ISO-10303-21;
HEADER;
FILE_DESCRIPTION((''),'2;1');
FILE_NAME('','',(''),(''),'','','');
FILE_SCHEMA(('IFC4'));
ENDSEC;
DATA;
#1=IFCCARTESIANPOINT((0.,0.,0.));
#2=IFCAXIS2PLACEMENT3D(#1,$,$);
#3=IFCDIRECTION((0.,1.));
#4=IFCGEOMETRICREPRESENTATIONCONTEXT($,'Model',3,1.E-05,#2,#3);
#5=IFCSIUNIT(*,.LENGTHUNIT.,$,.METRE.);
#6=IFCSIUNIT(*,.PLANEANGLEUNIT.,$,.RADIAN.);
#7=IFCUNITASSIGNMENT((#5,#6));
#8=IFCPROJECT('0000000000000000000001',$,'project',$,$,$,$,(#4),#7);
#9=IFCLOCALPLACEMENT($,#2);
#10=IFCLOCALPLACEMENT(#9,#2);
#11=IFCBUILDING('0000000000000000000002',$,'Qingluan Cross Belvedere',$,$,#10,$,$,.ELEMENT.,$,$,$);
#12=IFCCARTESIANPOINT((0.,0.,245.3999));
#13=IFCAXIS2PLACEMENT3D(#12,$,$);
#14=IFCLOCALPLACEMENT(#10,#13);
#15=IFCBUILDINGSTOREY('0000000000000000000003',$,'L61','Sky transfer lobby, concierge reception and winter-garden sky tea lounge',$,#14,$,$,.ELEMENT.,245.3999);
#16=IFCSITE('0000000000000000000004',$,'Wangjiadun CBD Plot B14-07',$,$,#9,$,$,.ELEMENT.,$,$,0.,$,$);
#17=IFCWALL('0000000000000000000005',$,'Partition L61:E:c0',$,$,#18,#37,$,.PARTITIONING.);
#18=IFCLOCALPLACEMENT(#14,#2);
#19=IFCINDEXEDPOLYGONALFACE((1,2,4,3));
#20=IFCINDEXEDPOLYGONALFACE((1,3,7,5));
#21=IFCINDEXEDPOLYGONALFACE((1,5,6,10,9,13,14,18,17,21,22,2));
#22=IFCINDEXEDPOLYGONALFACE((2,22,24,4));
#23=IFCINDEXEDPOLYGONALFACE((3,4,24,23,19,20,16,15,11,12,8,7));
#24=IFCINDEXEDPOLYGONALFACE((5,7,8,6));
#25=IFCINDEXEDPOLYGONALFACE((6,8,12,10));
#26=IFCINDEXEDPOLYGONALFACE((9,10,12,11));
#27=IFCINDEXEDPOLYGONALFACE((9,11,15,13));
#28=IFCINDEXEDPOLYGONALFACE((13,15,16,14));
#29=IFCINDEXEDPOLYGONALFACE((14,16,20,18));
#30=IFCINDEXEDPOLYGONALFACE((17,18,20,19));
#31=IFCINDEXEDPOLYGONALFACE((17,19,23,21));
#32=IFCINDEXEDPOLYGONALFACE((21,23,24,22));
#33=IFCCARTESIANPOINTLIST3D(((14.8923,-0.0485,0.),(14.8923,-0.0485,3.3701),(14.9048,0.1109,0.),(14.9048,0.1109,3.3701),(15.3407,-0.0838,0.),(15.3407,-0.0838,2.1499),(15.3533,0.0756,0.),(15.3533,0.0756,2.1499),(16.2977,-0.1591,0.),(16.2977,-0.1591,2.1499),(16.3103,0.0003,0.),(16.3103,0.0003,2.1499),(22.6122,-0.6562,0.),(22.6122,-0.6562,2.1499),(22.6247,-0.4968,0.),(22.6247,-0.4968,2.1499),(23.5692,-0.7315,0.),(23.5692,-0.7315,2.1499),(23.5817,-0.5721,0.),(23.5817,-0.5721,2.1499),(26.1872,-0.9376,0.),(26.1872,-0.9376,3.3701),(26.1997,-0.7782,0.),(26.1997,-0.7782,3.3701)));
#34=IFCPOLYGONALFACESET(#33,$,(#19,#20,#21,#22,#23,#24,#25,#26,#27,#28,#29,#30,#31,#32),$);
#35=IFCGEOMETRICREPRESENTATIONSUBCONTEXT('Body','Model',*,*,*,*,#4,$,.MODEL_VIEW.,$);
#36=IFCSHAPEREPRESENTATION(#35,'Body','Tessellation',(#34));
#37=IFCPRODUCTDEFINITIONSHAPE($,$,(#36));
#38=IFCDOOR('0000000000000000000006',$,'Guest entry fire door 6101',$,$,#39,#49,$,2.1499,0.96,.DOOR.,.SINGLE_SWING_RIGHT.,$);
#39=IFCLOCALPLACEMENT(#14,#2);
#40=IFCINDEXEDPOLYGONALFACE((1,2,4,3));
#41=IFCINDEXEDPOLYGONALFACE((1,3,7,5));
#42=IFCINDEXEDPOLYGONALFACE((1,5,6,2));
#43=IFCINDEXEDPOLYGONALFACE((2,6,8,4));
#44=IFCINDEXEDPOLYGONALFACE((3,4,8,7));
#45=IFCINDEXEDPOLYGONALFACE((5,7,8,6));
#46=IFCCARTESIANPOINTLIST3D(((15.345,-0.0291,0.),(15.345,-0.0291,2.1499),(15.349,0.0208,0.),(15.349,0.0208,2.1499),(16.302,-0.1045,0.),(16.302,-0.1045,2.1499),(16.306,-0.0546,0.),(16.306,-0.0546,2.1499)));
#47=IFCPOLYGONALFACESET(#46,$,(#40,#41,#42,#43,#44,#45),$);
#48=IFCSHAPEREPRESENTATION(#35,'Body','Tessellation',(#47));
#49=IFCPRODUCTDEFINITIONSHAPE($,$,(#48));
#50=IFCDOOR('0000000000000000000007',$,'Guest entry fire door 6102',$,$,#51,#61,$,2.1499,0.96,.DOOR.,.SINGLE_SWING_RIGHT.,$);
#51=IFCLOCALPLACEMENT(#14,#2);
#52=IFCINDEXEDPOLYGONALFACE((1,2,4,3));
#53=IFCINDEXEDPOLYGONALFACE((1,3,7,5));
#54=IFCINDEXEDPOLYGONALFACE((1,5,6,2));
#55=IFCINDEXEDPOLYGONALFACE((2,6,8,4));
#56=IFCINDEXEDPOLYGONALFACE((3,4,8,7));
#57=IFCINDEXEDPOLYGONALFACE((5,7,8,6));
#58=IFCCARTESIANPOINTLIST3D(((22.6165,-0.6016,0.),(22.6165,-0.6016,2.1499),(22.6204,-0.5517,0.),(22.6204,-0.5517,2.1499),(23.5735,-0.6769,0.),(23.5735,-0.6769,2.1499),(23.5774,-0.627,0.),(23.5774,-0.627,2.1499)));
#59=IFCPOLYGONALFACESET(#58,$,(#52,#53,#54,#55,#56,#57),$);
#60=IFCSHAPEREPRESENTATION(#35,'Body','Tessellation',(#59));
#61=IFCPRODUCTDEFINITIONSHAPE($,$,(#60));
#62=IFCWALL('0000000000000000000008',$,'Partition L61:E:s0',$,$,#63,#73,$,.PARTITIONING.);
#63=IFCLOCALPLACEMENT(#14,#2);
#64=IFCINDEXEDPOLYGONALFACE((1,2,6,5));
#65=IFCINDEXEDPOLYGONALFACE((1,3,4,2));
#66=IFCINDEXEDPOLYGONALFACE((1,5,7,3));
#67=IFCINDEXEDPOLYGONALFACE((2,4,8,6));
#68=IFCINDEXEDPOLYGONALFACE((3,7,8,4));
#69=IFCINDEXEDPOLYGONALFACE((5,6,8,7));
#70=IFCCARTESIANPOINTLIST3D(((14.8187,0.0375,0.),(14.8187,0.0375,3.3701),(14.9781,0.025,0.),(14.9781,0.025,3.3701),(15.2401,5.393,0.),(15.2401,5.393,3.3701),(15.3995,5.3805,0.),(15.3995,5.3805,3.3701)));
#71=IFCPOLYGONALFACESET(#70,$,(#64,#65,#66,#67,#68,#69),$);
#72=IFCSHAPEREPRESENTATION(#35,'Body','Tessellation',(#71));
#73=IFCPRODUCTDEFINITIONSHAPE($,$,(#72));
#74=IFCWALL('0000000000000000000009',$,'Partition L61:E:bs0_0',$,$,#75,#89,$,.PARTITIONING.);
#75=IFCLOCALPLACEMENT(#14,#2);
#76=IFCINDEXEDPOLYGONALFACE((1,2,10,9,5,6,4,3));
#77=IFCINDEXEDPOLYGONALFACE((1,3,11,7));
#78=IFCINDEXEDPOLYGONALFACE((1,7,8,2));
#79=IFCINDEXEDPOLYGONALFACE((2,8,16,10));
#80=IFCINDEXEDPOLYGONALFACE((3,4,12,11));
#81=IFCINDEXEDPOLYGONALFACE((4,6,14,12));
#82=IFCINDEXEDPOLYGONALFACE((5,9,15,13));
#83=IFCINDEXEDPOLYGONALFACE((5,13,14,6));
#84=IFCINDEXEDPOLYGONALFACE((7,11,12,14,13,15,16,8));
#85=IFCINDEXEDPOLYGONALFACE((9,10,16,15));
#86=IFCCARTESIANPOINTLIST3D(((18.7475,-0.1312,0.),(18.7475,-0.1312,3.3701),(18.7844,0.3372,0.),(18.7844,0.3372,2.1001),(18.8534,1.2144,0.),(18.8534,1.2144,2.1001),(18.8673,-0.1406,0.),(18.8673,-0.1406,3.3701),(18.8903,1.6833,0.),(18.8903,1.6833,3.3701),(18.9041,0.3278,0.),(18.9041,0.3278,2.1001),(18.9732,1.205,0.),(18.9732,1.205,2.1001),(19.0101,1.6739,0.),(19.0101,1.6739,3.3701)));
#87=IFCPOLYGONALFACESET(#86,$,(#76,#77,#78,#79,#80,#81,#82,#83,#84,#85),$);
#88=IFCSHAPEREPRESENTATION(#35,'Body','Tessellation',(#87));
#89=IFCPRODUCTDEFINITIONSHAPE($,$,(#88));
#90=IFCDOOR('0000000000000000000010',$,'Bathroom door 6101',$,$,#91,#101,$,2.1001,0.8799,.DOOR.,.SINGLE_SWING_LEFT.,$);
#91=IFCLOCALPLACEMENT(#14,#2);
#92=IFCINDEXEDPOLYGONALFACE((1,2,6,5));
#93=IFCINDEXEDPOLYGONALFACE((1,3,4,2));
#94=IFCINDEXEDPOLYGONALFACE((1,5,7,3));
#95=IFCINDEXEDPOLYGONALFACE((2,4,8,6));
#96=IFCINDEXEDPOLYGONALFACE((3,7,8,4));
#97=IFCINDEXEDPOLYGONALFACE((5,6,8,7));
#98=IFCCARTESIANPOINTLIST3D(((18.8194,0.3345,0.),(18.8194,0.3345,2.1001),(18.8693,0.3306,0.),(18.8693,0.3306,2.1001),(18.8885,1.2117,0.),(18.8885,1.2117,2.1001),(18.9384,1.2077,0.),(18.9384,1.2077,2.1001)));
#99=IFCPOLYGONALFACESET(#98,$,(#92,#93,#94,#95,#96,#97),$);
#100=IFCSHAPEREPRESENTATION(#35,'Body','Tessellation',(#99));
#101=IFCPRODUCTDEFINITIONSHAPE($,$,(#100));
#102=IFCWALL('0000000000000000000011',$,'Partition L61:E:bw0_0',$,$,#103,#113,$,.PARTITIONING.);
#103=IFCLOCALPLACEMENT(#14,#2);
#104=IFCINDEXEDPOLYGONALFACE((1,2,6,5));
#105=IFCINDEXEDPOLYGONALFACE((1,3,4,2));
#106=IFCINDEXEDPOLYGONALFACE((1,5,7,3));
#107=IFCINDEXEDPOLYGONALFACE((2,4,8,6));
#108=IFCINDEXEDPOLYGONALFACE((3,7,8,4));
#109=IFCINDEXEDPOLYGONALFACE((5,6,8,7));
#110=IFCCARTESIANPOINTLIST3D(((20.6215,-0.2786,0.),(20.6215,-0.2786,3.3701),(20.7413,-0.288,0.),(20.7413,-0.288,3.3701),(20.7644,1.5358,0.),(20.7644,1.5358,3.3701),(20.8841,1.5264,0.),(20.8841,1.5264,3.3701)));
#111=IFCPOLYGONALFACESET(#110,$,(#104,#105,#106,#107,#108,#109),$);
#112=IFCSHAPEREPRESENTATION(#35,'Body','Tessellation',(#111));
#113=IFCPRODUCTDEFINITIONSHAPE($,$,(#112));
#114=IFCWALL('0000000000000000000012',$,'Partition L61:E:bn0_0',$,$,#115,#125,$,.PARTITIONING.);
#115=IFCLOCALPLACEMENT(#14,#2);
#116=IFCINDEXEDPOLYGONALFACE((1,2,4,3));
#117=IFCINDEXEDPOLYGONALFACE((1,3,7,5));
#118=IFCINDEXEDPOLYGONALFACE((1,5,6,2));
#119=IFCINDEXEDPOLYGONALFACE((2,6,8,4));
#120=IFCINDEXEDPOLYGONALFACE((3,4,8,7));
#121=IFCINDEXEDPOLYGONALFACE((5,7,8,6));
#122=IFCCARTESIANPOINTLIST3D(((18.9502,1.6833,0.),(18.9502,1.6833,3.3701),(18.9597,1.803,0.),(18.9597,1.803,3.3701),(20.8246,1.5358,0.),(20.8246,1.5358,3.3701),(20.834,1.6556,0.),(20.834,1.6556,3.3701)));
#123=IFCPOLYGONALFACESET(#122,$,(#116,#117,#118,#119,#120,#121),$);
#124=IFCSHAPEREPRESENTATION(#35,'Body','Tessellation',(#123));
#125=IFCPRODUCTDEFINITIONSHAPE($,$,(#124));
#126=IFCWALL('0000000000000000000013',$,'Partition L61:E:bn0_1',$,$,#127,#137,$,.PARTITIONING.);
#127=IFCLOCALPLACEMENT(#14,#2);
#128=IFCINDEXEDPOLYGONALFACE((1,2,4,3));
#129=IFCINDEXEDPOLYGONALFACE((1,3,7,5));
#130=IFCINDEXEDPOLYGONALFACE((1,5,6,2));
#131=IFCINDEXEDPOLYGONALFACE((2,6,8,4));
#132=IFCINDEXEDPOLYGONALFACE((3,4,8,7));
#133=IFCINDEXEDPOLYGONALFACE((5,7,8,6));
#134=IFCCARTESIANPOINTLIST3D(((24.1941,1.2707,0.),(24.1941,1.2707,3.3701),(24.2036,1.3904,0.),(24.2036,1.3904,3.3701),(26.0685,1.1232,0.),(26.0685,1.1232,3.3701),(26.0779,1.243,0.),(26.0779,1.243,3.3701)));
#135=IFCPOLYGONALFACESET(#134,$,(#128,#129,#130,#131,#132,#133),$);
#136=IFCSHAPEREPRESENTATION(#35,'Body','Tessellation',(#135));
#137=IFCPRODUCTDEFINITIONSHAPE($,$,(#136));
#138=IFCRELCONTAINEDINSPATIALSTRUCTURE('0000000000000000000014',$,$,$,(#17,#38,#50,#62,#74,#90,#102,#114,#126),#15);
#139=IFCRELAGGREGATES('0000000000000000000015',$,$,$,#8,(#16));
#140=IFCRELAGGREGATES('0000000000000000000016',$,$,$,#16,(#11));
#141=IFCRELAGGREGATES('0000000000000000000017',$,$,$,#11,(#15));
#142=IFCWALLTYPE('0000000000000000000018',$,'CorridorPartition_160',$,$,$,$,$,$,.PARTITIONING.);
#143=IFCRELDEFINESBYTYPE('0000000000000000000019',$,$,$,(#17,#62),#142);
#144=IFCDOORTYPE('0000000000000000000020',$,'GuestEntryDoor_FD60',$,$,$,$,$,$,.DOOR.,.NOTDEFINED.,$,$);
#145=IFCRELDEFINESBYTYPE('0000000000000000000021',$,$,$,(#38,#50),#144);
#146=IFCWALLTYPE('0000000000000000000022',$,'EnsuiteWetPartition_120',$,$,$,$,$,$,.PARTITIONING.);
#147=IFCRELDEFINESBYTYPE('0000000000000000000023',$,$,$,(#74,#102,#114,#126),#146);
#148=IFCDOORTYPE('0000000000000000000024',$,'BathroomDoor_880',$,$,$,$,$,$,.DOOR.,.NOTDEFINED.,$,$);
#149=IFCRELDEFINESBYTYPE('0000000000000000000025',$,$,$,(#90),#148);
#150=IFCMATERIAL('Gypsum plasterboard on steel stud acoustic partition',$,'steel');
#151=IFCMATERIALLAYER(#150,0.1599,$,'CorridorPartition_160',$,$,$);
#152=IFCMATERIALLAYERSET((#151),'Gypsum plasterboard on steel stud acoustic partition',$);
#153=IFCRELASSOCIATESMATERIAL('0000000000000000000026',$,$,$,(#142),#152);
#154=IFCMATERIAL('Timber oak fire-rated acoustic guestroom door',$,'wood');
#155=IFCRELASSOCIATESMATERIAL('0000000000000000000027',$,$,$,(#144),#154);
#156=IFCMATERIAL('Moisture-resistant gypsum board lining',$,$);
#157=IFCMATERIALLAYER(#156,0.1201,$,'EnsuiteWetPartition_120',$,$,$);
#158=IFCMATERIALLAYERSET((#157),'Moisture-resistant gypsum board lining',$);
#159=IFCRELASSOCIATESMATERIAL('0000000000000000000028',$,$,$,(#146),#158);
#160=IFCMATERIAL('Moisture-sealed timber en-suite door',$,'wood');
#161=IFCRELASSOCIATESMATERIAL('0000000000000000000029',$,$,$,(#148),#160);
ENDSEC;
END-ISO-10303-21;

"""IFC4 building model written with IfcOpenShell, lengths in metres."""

from ifc_helpers import new_model, si_unit, direction, frame, frame_2d, origin, place, context, subcontext, project, spatial, rectangle, extrude, material, layer, layer_set, type_object, element, fill, save


model = new_model("IFC4")

# Units and contexts
model_context = context("Model", 3, precision=1e-05, world=origin(), true_north=direction((0.0, 1.0)))
body_context = subcontext(model_context, "Body", "Model", "MODEL_VIEW")
ifc_project = project(units=[si_unit("LENGTHUNIT", "METRE"), si_unit("PLANEANGLEUNIT", "RADIAN")], contexts=[model_context])

# Site, building, storey
site_placement = place(None, origin())
site = spatial("IfcSite", under=ifc_project, at=site_placement, Name="Wangjiadun CBD Plot B14-07", CompositionType="ELEMENT", RefElevation=0.0)
building_placement = place(site_placement, origin())
building = spatial("IfcBuilding", under=site, at=building_placement, Name="Qingluan Cross Belvedere", CompositionType="ELEMENT")
storey_placement = place(building_placement, frame((0.0, 0.0, 245.3999)))
storey = spatial("IfcBuildingStorey", under=building, at=storey_placement, Name="L61", Description="Sky transfer lobby, concierge reception and winter-garden sky tea lounge", CompositionType="ELEMENT", Elevation=245.3999)

# Wall, openings, doors
ifc_material_1 = material(Name="Gypsum plasterboard on steel stud acoustic partition", Category="steel")
ifc_layer_1 = layer(ifc_material_1, 0.1599, Name="CorridorPartition_160")
ifc_layer_set_1 = layer_set([ifc_layer_1], Name="Gypsum plasterboard on steel stud acoustic partition")
wall_type_1 = type_object("IfcWallType", Name="CorridorPartition_160", PredefinedType="PARTITIONING", material=ifc_layer_set_1)
wall_1_placement = place(storey_placement, frame((14.8984, 0.0312, 0.0), z_axis=(0.0, 0.0, 1.0), x_axis=(0.996916, -0.078479, 0.0)))
wall_1 = element("IfcWall", 1, at=wall_1_placement, inside=storey, type_object=wall_type_1, Name="Partition L61:E:c0", PredefinedType="PARTITIONING", context=body_context, shape_type="SweptSolid", body=[
    extrude(rectangle(XDim=11.3298, YDim=0.1599, at=frame_2d((5.665, 0.0))), origin(), (0.0, 0.0, 1.0), 3.3701),
])
opening_1_placement = place(wall_1_placement, frame((0.45, 0.0, 0.0)))
opening_1 = element("IfcOpeningElement", 2, at=opening_1_placement, cuts=wall_1, PredefinedType="OPENING", context=body_context, shape_type="SweptSolid", body=[
    extrude(rectangle(XDim=0.96, YDim=2.1499, at=frame_2d((0.48, 1.075))), frame((0.0, 0.0898, 0.0), z_axis=(0.0, -1.0, 0.0), x_axis=(1.0, 0.0, 0.0)), (0.0, 0.0, 1.0), 0.1799),
])
opening_2_placement = place(wall_1_placement, frame((7.7439, 0.0, 0.0)))
opening_2 = element("IfcOpeningElement", 3, at=opening_2_placement, cuts=wall_1, PredefinedType="OPENING", context=body_context, shape_type="SweptSolid", body=[
    extrude(rectangle(XDim=0.96, YDim=2.1499, at=frame_2d((0.48, 1.075))), frame((0.0, 0.0898, 0.0), z_axis=(0.0, -1.0, 0.0), x_axis=(1.0, 0.0, 0.0)), (0.0, 0.0, 1.0), 0.1799),
])
ifc_material_2 = material(Name="Timber oak fire-rated acoustic guestroom door", Category="wood")
door_type_1 = type_object("IfcDoorType", Name="GuestEntryDoor_FD60", OperationType="NOTDEFINED", PredefinedType="DOOR", material=ifc_material_2)
door_1_placement = place(opening_1_placement, origin())
door_1 = element("IfcDoor", 4, at=door_1_placement, inside=storey, type_object=door_type_1, Name="Guest entry fire door 6101", OperationType="SINGLE_SWING_RIGHT", OverallHeight=2.1499, OverallWidth=0.96, PredefinedType="DOOR", context=body_context, shape_type="SweptSolid", body=[
    extrude(rectangle(XDim=0.96, YDim=2.1499, at=frame_2d((0.48, 1.075))), frame((0.0, 0.0249, 0.0), z_axis=(0.0, -1.0, 0.0), x_axis=(1.0, 0.0, 0.0)), (0.0, 0.0, 1.0), 0.05),
])
fill(opening_1, door_1)
door_2_placement = place(opening_2_placement, origin())
door_2 = element("IfcDoor", 5, at=door_2_placement, inside=storey, type_object=door_type_1, Name="Guest entry fire door 6102", OperationType="SINGLE_SWING_RIGHT", OverallHeight=2.1499, OverallWidth=0.96, PredefinedType="DOOR", context=body_context, shape_type="SweptSolid", body=[
    extrude(rectangle(XDim=0.96, YDim=2.1499, at=frame_2d((0.48, 1.075))), frame((0.0, 0.0249, 0.0), z_axis=(0.0, -1.0, 0.0), x_axis=(1.0, 0.0, 0.0)), (0.0, 0.0, 1.0), 0.05),
])
fill(opening_2, door_2)

# Wall
wall_2_placement = place(storey_placement, frame((14.8984, 0.0312, 0.0), z_axis=(0.0, 0.0, 1.0), x_axis=(0.078441, 0.996919, 0.0)))
element("IfcWall", 6, at=wall_2_placement, inside=storey, type_object=wall_type_1, Name="Partition L61:E:s0", PredefinedType="PARTITIONING", context=body_context, shape_type="SweptSolid", body=[
    extrude(rectangle(XDim=5.3721, YDim=0.1599, at=frame_2d((2.686, 0.0))), origin(), (0.0, 0.0, 1.0), 3.3701),
])

# Wall, opening, door
ifc_material_3 = material(Name="Moisture-resistant gypsum board lining")
ifc_layer_2 = layer(ifc_material_3, 0.1201, Name="EnsuiteWetPartition_120")
ifc_layer_set_2 = layer_set([ifc_layer_2], Name="Moisture-resistant gypsum board lining")
wall_type_2 = type_object("IfcWallType", Name="EnsuiteWetPartition_120", PredefinedType="PARTITIONING", material=ifc_layer_set_2)
wall_3_placement = place(storey_placement, frame((18.8074, -0.136, 0.0), z_axis=(0.0, 0.0, 1.0), x_axis=(0.078471, 0.996916, 0.0)))
wall_3 = element("IfcWall", 7, at=wall_3_placement, inside=storey, type_object=wall_type_2, Name="Partition L61:E:bs0_0", PredefinedType="PARTITIONING", context=body_context, shape_type="SweptSolid", body=[
    extrude(rectangle(XDim=1.8201, YDim=0.1201, at=frame_2d((0.9102, 0.0))), origin(), (0.0, 0.0, 1.0), 3.3701),
])
opening_3_placement = place(wall_3_placement, frame((0.47, 0.0, 0.0)))
opening_3 = element("IfcOpeningElement", 8, at=opening_3_placement, cuts=wall_3, PredefinedType="OPENING", context=body_context, shape_type="SweptSolid", body=[
    extrude(rectangle(XDim=0.8799, YDim=2.1001, at=frame_2d((0.4399, 1.05))), frame((0.0, 0.0701, 0.0), z_axis=(0.0, -1.0, 0.0), x_axis=(1.0, 0.0, 0.0)), (0.0, 0.0, 1.0), 0.1401),
])
ifc_material_4 = material(Name="Moisture-sealed timber en-suite door", Category="wood")
door_type_2 = type_object("IfcDoorType", Name="BathroomDoor_880", OperationType="NOTDEFINED", PredefinedType="DOOR", material=ifc_material_4)
door_3_placement = place(opening_3_placement, origin())
door_3 = element("IfcDoor", 9, at=door_3_placement, inside=storey, type_object=door_type_2, Name="Bathroom door 6101", OperationType="SINGLE_SWING_LEFT", OverallHeight=2.1001, OverallWidth=0.8799, PredefinedType="DOOR", context=body_context, shape_type="SweptSolid", body=[
    extrude(rectangle(XDim=0.8799, YDim=2.1001, at=frame_2d((0.4399, 1.05))), frame((0.0, 0.0249, 0.0), z_axis=(0.0, -1.0, 0.0), x_axis=(1.0, 0.0, 0.0)), (0.0, 0.0, 1.0), 0.05),
])
fill(opening_3, door_3)

# Walls
wall_4_placement = place(storey_placement, frame((20.6814, -0.2834, 0.0), z_axis=(0.0, 0.0, 1.0), x_axis=(0.078471, 0.996916, 0.0)))
element("IfcWall", 10, at=wall_4_placement, inside=storey, type_object=wall_type_2, Name="Partition L61:E:bw0_0", PredefinedType="PARTITIONING", context=body_context, shape_type="SweptSolid", body=[
    extrude(rectangle(XDim=1.8201, YDim=0.1201, at=frame_2d((0.9102, 0.0))), origin(), (0.0, 0.0, 1.0), 3.3701),
])
for number, where, z_axis, x_axis, name in (
    (11, (18.9551, 1.7432, 0.0), (0.0, 0.0, 1.0), (0.996919, -0.078434, 0.0), "Partition L61:E:bn0_0"),
    (12, (24.199, 1.3306, 0.0), (0.0, 0.0, 1.0), (0.996919, -0.078434, 0.0), "Partition L61:E:bn0_1"),
):
    element("IfcWall", number, at=place(storey_placement, frame(where, z_axis=z_axis, x_axis=x_axis)), inside=storey, type_object=wall_type_2, Name=name, PredefinedType="PARTITIONING", context=body_context, shape_type="SweptSolid", body=[
        extrude(rectangle(XDim=1.8801, YDim=0.1201, at=frame_2d((0.9399, 0.0))), origin(), (0.0, 0.0, 1.0), 3.3701),
    ])

save(model, "model.ifc")
